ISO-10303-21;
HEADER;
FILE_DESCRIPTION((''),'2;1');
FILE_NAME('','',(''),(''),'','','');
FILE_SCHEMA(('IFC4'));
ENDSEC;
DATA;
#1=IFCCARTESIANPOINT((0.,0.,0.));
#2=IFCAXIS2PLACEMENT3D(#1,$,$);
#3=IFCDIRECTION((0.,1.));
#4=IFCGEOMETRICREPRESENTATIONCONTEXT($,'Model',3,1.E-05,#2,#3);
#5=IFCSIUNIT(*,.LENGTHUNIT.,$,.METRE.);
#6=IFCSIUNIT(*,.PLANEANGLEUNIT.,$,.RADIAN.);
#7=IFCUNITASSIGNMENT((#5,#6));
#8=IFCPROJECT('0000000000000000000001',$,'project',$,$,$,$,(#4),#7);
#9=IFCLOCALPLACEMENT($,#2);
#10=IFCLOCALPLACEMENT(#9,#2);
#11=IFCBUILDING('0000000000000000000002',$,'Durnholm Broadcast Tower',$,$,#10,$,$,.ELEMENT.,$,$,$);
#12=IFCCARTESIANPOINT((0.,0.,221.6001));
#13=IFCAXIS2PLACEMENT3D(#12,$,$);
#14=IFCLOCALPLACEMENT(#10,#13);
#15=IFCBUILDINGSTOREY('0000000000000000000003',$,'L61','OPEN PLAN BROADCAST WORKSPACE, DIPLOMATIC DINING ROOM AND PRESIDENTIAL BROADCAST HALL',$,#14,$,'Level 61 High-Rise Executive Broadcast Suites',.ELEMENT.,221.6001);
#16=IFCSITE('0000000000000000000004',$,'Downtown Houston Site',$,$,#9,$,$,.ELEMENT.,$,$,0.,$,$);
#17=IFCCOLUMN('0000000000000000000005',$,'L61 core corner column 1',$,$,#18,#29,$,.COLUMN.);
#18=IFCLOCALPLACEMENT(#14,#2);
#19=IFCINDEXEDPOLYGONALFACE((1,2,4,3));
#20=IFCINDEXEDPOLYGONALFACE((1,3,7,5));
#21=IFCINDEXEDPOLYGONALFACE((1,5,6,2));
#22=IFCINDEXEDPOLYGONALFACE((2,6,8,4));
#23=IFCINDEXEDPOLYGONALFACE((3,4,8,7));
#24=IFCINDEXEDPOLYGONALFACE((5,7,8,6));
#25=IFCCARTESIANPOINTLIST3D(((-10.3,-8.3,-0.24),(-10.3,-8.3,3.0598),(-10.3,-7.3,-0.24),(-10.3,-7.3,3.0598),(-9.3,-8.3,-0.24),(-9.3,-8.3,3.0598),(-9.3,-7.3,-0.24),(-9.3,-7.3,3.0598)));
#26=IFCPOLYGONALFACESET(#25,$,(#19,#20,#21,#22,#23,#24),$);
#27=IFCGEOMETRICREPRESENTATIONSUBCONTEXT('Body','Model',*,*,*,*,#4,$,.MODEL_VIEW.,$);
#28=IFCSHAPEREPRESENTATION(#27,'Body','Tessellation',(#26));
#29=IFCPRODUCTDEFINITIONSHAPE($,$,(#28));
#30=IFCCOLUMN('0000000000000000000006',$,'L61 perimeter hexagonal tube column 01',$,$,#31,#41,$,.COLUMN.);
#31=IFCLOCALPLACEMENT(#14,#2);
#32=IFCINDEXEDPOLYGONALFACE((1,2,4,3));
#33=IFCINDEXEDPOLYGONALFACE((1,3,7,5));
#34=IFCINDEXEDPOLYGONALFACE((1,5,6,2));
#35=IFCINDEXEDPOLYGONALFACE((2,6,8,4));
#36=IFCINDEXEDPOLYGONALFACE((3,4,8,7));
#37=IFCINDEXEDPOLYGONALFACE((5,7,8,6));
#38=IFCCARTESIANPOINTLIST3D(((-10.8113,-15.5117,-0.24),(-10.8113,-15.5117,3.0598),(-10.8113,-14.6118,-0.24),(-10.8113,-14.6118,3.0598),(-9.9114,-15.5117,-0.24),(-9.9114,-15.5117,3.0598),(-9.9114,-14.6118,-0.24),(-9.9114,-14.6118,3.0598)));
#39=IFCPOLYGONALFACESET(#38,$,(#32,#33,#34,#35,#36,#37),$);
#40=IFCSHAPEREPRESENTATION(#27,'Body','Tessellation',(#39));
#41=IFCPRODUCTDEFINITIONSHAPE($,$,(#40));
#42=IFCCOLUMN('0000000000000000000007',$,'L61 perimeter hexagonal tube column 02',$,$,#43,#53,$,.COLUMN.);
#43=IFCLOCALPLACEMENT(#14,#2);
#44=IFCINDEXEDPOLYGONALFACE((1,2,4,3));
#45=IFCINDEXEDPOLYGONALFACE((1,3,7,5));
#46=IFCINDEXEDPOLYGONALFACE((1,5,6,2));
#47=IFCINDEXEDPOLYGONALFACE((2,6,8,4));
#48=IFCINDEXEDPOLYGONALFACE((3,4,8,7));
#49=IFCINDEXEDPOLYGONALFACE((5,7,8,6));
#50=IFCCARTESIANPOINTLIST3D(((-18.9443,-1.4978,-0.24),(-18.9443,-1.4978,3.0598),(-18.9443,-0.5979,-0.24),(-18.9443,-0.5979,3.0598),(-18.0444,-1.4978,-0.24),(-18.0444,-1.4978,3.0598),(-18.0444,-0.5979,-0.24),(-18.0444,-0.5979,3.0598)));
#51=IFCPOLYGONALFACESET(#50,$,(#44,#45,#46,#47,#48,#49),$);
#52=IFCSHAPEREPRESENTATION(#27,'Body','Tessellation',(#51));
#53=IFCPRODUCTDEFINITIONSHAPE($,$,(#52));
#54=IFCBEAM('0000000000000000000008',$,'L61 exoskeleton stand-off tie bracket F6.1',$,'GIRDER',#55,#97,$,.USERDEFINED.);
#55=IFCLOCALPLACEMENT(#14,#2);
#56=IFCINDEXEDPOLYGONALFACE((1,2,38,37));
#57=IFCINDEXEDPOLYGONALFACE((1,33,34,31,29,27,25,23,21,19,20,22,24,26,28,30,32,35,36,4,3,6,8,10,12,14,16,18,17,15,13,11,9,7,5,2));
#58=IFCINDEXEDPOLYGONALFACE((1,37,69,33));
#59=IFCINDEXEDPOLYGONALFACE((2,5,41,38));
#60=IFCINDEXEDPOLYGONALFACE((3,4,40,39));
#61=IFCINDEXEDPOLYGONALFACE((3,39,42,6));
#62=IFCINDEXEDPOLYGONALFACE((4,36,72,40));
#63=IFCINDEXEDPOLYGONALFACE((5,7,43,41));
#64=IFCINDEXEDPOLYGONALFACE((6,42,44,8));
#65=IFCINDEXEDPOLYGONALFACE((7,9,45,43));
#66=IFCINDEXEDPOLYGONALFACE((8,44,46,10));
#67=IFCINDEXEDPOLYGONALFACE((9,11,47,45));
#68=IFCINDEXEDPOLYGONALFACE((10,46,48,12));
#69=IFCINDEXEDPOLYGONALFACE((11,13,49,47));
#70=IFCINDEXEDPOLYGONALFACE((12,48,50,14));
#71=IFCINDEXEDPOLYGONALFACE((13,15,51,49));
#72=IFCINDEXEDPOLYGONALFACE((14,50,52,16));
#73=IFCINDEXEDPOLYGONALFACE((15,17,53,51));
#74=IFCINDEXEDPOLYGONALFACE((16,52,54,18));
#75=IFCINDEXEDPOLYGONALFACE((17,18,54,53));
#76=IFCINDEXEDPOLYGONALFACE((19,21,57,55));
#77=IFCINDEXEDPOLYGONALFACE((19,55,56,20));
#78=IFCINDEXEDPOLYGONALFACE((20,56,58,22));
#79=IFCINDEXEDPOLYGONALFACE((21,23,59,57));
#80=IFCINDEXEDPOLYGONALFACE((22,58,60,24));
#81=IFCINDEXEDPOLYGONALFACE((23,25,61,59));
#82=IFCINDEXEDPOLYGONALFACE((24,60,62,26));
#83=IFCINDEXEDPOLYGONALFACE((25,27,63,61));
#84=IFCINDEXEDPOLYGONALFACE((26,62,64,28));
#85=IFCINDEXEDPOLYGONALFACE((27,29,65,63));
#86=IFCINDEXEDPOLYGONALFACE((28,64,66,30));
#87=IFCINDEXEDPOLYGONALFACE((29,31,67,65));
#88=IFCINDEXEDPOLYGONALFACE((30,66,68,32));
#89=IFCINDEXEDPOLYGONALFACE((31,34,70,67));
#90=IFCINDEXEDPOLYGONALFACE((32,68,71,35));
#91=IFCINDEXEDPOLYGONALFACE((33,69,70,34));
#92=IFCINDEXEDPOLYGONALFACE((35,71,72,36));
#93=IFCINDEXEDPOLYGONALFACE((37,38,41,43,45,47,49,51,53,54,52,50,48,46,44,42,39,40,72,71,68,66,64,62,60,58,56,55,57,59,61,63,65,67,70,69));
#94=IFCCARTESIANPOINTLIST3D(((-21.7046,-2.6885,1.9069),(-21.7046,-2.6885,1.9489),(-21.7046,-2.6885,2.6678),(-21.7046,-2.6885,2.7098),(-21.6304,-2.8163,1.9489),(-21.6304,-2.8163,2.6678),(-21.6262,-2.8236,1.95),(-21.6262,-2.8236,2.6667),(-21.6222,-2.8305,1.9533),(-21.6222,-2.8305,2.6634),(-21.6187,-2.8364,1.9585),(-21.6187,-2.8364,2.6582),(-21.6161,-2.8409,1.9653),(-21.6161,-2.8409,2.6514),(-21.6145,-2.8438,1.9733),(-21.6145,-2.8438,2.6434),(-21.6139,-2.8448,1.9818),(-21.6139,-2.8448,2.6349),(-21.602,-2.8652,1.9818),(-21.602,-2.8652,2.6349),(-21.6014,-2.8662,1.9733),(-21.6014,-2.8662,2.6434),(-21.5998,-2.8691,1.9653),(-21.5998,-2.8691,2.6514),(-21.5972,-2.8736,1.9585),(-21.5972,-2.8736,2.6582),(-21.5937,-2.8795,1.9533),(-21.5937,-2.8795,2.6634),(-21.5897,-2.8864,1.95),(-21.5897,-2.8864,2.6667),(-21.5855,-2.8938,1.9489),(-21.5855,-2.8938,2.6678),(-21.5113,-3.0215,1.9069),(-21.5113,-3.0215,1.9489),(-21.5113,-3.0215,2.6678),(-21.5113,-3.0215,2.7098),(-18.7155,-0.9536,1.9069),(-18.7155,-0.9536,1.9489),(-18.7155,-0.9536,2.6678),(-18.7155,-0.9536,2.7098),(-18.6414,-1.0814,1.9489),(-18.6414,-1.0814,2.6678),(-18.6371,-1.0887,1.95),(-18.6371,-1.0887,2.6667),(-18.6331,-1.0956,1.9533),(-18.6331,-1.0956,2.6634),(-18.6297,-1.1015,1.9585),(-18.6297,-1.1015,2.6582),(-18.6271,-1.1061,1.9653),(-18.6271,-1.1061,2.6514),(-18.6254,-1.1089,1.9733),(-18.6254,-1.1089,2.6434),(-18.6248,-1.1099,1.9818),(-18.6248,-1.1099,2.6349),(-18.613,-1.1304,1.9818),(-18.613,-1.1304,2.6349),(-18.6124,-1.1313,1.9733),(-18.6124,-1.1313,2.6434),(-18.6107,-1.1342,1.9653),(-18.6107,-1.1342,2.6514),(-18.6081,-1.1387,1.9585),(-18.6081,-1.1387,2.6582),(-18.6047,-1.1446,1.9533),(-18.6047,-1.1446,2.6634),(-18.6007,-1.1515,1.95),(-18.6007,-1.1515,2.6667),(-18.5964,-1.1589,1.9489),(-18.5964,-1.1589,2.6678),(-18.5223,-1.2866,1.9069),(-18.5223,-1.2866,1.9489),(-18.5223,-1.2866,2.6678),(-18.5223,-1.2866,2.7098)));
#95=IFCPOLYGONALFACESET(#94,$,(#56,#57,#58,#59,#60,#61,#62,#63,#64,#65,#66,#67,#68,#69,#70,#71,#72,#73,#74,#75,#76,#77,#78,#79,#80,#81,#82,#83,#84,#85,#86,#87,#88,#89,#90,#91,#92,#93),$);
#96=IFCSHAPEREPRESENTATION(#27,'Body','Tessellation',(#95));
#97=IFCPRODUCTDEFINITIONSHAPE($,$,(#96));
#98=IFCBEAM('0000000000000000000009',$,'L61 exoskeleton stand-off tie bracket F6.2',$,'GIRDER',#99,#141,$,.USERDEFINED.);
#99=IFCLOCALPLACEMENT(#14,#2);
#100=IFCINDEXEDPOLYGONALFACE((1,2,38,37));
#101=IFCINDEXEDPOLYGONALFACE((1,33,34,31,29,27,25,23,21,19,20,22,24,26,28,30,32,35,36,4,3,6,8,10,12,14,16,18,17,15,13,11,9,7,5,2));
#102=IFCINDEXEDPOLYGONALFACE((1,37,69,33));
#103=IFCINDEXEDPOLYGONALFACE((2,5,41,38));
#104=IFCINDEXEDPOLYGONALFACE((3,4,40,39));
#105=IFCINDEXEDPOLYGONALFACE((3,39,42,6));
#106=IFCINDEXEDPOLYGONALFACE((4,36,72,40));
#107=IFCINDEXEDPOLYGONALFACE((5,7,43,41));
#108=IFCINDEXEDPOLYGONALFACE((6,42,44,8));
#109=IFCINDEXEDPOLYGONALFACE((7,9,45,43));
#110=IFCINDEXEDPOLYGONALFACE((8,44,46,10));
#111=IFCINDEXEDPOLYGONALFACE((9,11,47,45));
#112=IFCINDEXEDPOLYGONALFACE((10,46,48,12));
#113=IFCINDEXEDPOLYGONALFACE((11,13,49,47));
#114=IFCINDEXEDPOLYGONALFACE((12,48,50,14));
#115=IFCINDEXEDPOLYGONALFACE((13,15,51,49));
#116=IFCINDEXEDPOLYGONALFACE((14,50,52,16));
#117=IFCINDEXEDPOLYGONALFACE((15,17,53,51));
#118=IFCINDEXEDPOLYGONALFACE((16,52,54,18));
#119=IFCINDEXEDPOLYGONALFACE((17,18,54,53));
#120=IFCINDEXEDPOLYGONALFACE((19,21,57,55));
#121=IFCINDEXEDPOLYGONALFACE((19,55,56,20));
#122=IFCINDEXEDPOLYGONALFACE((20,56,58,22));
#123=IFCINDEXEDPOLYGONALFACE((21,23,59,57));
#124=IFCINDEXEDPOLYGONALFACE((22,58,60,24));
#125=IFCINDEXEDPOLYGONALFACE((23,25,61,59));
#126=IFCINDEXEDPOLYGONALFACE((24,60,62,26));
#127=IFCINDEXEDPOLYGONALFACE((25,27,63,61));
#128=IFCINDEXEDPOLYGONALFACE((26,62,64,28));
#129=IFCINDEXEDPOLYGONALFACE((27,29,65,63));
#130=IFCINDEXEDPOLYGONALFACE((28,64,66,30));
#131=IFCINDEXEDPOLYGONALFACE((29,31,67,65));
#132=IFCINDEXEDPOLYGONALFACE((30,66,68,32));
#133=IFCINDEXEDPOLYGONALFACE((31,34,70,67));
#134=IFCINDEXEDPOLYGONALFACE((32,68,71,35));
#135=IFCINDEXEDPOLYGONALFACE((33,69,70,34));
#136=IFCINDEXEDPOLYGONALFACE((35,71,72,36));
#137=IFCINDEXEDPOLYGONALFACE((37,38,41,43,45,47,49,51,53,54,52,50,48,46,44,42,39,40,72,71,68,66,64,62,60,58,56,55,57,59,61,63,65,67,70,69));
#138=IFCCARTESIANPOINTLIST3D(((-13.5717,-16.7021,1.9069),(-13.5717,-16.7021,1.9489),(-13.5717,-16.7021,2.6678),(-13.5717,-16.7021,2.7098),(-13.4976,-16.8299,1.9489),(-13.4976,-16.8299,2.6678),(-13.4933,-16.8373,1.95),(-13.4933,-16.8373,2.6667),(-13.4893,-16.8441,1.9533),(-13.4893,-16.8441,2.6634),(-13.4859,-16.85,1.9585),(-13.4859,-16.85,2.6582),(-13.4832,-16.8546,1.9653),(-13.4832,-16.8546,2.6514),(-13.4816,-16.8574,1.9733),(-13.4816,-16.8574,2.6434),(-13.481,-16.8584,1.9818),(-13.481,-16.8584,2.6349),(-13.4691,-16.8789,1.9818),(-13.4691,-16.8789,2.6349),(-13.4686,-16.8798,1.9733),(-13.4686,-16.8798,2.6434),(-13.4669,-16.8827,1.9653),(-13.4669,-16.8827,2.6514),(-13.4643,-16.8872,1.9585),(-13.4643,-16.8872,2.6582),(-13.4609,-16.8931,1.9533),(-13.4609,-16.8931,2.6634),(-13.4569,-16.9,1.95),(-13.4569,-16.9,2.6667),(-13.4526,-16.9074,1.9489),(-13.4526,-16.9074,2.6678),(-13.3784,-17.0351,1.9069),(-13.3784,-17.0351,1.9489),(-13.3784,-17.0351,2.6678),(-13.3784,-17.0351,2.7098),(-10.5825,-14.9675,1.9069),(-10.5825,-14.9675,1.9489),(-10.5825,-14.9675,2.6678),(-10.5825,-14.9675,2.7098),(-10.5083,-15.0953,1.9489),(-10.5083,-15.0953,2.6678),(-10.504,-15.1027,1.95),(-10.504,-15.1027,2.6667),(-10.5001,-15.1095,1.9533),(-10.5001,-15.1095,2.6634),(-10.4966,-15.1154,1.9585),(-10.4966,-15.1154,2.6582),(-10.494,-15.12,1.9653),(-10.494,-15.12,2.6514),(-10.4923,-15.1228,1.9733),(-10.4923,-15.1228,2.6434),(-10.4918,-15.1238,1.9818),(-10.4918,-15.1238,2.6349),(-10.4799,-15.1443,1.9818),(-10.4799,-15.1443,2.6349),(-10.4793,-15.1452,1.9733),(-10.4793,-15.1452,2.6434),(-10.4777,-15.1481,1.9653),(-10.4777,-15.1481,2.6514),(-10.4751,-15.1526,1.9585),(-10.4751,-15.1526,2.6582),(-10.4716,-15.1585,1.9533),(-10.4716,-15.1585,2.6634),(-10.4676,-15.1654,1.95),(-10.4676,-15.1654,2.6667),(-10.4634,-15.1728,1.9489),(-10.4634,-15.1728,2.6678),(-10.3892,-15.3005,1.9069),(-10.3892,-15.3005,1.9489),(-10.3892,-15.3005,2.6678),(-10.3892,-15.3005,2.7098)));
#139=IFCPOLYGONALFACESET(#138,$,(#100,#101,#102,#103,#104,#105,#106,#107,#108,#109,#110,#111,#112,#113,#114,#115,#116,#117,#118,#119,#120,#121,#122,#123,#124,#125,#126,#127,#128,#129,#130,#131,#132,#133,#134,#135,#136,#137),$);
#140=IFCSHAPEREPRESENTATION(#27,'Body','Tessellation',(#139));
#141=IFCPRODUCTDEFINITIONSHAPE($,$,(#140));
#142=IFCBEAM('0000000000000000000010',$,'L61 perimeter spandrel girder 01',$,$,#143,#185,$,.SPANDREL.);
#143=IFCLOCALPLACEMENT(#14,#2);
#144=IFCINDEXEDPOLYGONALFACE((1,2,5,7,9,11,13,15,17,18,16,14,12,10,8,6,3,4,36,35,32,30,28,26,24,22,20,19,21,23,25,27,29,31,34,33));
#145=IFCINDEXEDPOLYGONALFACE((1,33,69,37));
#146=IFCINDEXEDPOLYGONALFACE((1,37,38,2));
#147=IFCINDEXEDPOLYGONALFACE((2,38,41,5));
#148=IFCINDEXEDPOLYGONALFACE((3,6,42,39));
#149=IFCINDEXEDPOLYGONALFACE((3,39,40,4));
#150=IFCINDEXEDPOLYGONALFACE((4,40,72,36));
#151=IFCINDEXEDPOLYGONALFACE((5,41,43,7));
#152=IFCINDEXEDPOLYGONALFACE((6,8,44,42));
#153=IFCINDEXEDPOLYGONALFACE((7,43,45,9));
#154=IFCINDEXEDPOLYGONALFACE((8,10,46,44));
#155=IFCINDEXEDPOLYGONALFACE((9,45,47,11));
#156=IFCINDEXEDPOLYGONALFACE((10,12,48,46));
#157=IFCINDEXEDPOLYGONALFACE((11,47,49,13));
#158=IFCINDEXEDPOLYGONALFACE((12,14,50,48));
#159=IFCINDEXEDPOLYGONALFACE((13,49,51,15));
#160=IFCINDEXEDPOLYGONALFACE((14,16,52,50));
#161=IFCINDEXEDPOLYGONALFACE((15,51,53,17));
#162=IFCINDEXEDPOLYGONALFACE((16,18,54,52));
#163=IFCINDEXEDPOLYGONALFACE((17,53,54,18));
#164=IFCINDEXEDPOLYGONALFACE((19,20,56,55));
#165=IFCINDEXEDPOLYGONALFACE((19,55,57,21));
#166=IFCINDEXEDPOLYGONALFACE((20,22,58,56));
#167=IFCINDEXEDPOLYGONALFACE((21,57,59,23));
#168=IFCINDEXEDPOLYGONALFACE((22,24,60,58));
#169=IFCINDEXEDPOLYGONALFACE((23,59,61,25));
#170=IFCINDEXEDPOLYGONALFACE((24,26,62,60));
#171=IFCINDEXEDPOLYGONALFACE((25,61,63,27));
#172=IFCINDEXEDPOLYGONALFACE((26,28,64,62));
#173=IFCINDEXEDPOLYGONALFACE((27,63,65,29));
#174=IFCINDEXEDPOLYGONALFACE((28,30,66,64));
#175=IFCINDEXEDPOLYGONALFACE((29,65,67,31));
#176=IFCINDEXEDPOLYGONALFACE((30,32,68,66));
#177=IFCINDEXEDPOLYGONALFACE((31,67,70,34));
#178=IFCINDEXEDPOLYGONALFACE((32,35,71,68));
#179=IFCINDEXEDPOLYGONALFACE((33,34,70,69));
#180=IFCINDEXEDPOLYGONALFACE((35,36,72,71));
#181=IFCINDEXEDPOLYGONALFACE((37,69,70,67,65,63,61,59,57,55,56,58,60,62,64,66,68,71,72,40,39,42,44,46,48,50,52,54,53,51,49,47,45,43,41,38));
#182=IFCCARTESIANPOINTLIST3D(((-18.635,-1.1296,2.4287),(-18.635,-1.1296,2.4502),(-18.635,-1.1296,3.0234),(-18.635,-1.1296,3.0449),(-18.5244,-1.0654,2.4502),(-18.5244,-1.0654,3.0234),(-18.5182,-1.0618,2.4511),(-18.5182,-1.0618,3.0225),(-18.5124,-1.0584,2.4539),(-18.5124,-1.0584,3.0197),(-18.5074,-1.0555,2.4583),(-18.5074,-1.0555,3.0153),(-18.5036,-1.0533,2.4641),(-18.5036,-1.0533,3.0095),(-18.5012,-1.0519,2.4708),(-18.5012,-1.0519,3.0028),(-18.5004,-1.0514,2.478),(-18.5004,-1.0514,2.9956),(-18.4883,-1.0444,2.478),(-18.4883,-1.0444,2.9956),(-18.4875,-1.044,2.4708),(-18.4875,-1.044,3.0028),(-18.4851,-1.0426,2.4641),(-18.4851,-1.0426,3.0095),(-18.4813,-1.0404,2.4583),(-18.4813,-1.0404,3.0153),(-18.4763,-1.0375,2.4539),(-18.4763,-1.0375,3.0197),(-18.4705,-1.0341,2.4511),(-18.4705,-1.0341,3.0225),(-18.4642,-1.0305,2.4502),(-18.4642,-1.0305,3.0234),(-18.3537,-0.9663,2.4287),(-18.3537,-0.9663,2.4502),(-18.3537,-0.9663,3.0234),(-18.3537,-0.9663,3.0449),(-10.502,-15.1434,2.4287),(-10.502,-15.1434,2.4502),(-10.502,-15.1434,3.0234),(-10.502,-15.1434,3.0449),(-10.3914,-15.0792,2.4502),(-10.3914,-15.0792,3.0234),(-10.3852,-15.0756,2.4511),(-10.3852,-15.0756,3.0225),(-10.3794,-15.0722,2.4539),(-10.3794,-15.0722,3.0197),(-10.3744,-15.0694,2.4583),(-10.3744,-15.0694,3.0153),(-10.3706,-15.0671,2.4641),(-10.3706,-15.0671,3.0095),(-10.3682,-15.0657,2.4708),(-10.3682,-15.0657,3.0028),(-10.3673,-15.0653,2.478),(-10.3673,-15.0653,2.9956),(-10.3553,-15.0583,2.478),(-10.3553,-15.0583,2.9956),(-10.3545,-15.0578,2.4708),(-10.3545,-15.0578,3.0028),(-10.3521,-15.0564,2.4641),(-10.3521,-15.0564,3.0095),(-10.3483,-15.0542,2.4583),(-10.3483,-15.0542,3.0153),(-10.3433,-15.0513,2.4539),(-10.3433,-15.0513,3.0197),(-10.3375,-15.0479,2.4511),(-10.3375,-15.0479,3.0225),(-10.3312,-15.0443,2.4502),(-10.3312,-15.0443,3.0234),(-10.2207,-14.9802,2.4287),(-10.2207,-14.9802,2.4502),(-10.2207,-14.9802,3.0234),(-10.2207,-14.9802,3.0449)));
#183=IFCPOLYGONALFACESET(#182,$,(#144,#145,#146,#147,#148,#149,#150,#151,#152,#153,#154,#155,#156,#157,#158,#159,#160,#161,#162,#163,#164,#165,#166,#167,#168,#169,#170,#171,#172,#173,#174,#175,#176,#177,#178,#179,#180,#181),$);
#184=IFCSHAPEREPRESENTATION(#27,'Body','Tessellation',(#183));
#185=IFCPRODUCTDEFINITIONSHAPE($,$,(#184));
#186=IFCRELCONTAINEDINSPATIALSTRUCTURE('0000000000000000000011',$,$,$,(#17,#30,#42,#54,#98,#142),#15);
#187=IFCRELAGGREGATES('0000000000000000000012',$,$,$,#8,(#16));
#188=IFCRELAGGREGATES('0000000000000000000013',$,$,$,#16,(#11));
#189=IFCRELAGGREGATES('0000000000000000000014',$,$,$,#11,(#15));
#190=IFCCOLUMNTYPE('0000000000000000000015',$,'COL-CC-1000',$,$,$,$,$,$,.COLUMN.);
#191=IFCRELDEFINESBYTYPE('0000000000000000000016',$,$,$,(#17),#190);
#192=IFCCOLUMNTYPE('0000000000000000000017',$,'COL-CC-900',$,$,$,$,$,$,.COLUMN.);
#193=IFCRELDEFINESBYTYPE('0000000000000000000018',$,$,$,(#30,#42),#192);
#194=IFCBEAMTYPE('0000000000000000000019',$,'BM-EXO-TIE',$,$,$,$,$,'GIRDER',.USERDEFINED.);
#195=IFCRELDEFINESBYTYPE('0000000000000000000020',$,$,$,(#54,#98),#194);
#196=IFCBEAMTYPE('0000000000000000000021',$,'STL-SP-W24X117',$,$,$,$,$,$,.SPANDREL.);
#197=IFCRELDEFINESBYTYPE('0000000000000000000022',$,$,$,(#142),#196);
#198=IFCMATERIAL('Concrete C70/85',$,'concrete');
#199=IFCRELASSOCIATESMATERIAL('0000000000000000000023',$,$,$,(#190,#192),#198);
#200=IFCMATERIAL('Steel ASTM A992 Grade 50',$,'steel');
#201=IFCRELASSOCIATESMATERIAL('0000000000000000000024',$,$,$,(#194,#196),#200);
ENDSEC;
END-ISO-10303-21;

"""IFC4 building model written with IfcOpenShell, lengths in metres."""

from ifc_helpers import new_model, si_unit, direction, frame, origin, origin_2d, place, context, subcontext, project, spatial, rectangle, i_section, extrude, source, transform, mapped, material, material_profile, profile_set, type_object, type_shapes, element, save


model = new_model("IFC4")

# Units and contexts
model_context = context("Model", 3, precision=1e-05, world=origin(), true_north=direction((0.0, 1.0)))
body_context = subcontext(model_context, "Body", "Model", "MODEL_VIEW")
ifc_project = project(units=[si_unit("LENGTHUNIT", "METRE"), si_unit("PLANEANGLEUNIT", "RADIAN")], contexts=[model_context])

# Site, building, storey
site_placement = place(None, origin())
site = spatial("IfcSite", under=ifc_project, at=site_placement, Name="Downtown Houston Site", CompositionType="ELEMENT", RefElevation=0.0)
building_placement = place(site_placement, origin())
building = spatial("IfcBuilding", under=site, at=building_placement, Name="Durnholm Broadcast Tower", CompositionType="ELEMENT")
storey_placement = place(building_placement, frame((0.0, 0.0, 221.6001)))
storey = spatial("IfcBuildingStorey", under=building, at=storey_placement, Name="L61", Description="OPEN PLAN BROADCAST WORKSPACE, DIPLOMATIC DINING ROOM AND PRESIDENTIAL BROADCAST HALL", LongName="Level 61 High-Rise Executive Broadcast Suites", CompositionType="ELEMENT", Elevation=221.6001)

# Columns
ifc_material_1 = material(Name="Concrete C70/85", Category="concrete")
ifc_material_profile_1 = material_profile(ifc_material_1, rectangle(XDim=1.0, YDim=1.0, at=origin_2d()), Name="RC1000X1000")
ifc_profile_set_1 = profile_set([ifc_material_profile_1], Name="Concrete C70/85")
column_type_1 = type_object("IfcColumnType", Name="COL-CC-1000", PredefinedType="COLUMN", material=ifc_profile_set_1)
shared_shape_1 = source(origin(), body_context, "Body", "SweptSolid", [
    extrude(rectangle(XDim=1.0, YDim=1.0, at=origin_2d()), origin(), (0.0, 0.0, 1.0), 3.2998),
])
type_shapes(column_type_1, [shared_shape_1])
column_placement = place(storey_placement, frame((-9.8, -7.8, -0.24), z_axis=(0.0, 0.0, 1.0), x_axis=(1.0, 0.0, 0.0)))
element("IfcColumn", 1, at=column_placement, inside=storey, type_object=column_type_1, Name="L61 core corner column 1", PredefinedType="COLUMN", context=body_context, shape_type="MappedRepresentation", body=[
    mapped(shared_shape_1, transform((0.0, 0.0, 0.0), x_axis=(1.0, 0.0, 0.0), y_axis=(0.0, 1.0, 0.0), z_axis=(0.0, 0.0, 1.0), scale=1.0)),
])
ifc_material_profile_2 = material_profile(ifc_material_1, rectangle(XDim=0.8999, YDim=0.8999, at=origin_2d()), Name="RC900X900")
ifc_profile_set_2 = profile_set([ifc_material_profile_2], Name="Concrete C70/85")
column_type_2 = type_object("IfcColumnType", Name="COL-CC-900", PredefinedType="COLUMN", material=ifc_profile_set_2)
shared_shape_2 = source(origin(), body_context, "Body", "SweptSolid", [
    extrude(rectangle(XDim=0.8999, YDim=0.8999, at=origin_2d()), origin(), (0.0, 0.0, 1.0), 3.2998),
])
type_shapes(column_type_2, [shared_shape_2])
for number, where, z_axis, x_axis, name in (
    (2, (-10.3613, -15.0618, -0.24), (0.0, 0.0, 1.0), (1.0, 0.0, 0.0), "L61 perimeter hexagonal tube column 01"),
    (3, (-18.4944, -1.0479, -0.24), (0.0, 0.0, 1.0), (1.0, 0.0, 0.0), "L61 perimeter hexagonal tube column 02"),
):
    element("IfcColumn", number, at=place(storey_placement, frame(where, z_axis=z_axis, x_axis=x_axis)), inside=storey, type_object=column_type_2, Name=name, PredefinedType="COLUMN", context=body_context, shape_type="MappedRepresentation", body=[
        mapped(shared_shape_2, transform((0.0, 0.0, 0.0), x_axis=(1.0, 0.0, 0.0), y_axis=(0.0, 1.0, 0.0), z_axis=(0.0, 0.0, 1.0), scale=1.0)),
    ])

# Beams
ifc_material_2 = material(Name="Steel ASTM A992 Grade 50", Category="steel")
ifc_material_profile_3 = material_profile(ifc_material_2, i_section(OverallWidth=0.385, OverallDepth=0.803, WebThickness=0.0237, FlangeThickness=0.042, FilletRadius=0.033, at=origin_2d()), Name="W30X261")
ifc_profile_set_3 = profile_set([ifc_material_profile_3], Name="Steel ASTM A992 Grade 50")
beam_type_1 = type_object("IfcBeamType", Name="BM-EXO-TIE", ElementType="GIRDER", PredefinedType="USERDEFINED", material=ifc_profile_set_3)
shared_shape_3 = source(origin(), body_context, "Body", "SweptSolid", [
    extrude(i_section(OverallWidth=0.385, OverallDepth=0.803, WebThickness=0.0237, FlangeThickness=0.042, FilletRadius=0.033, at=origin_2d()), origin(), (0.0, 0.0, 1.0), 3.4561),
])
for number, where, z_axis, x_axis, name in (
    (4, (-18.6189, -1.1201, 2.3083), (-0.864876, -0.501986, 0.0), (0.501986, -0.864876, 0.0), "L61 exoskeleton stand-off tie bracket F6.1"),
    (5, (-10.4858, -15.134, 2.3083), (-0.864924, -0.501902, 0.0), (0.501902, -0.864924, 0.0), "L61 exoskeleton stand-off tie bracket F6.2"),
):
    element("IfcBeam", number, at=place(storey_placement, frame(where, z_axis=z_axis, x_axis=x_axis)), inside=storey, type_object=beam_type_1, Name=name, ObjectType="GIRDER", PredefinedType="USERDEFINED", context=body_context, shape_type="MappedRepresentation", body=[
        mapped(shared_shape_3, transform((0.0, 0.0, 0.0), x_axis=(1.0, 0.0, 0.0), y_axis=(0.0, 1.0, 0.0), z_axis=(0.0, 0.0, 1.0), scale=1.0)),
    ])
ifc_material_profile_4 = material_profile(ifc_material_2, i_section(OverallWidth=0.3252, OverallDepth=0.6162, WebThickness=0.0139, FlangeThickness=0.0215, FilletRadius=0.0278, at=origin_2d()), Name="W24X117")
ifc_profile_set_4 = profile_set([ifc_material_profile_4], Name="Steel ASTM A992 Grade 50")
beam_type_2 = type_object("IfcBeamType", Name="STL-SP-W24X117", PredefinedType="SPANDREL", material=ifc_profile_set_4)
shared_shape_4 = source(origin(), body_context, "Body", "SweptSolid", [
    extrude(i_section(OverallWidth=0.3252, OverallDepth=0.6162, WebThickness=0.0139, FlangeThickness=0.0215, FilletRadius=0.0278, at=origin_2d()), origin(), (0.0, 0.0, 1.0), 16.2029),
])
beam_1_placement = place(storey_placement, frame((-10.3613, -15.0618, 2.7368), z_axis=(-0.501948, 0.864898, 0.0), x_axis=(-0.864898, -0.501948, 0.0)))
element("IfcBeam", 6, at=beam_1_placement, inside=storey, type_object=beam_type_2, Name="L61 perimeter spandrel girder 01", PredefinedType="SPANDREL", context=body_context, shape_type="MappedRepresentation", body=[
    mapped(shared_shape_4, transform((0.0, 0.0, 0.0), x_axis=(1.0, 0.0, 0.0), y_axis=(0.0, 1.0, 0.0), z_axis=(0.0, 0.0, 1.0), scale=1.0)),
])

save(model, "model.ifc")
